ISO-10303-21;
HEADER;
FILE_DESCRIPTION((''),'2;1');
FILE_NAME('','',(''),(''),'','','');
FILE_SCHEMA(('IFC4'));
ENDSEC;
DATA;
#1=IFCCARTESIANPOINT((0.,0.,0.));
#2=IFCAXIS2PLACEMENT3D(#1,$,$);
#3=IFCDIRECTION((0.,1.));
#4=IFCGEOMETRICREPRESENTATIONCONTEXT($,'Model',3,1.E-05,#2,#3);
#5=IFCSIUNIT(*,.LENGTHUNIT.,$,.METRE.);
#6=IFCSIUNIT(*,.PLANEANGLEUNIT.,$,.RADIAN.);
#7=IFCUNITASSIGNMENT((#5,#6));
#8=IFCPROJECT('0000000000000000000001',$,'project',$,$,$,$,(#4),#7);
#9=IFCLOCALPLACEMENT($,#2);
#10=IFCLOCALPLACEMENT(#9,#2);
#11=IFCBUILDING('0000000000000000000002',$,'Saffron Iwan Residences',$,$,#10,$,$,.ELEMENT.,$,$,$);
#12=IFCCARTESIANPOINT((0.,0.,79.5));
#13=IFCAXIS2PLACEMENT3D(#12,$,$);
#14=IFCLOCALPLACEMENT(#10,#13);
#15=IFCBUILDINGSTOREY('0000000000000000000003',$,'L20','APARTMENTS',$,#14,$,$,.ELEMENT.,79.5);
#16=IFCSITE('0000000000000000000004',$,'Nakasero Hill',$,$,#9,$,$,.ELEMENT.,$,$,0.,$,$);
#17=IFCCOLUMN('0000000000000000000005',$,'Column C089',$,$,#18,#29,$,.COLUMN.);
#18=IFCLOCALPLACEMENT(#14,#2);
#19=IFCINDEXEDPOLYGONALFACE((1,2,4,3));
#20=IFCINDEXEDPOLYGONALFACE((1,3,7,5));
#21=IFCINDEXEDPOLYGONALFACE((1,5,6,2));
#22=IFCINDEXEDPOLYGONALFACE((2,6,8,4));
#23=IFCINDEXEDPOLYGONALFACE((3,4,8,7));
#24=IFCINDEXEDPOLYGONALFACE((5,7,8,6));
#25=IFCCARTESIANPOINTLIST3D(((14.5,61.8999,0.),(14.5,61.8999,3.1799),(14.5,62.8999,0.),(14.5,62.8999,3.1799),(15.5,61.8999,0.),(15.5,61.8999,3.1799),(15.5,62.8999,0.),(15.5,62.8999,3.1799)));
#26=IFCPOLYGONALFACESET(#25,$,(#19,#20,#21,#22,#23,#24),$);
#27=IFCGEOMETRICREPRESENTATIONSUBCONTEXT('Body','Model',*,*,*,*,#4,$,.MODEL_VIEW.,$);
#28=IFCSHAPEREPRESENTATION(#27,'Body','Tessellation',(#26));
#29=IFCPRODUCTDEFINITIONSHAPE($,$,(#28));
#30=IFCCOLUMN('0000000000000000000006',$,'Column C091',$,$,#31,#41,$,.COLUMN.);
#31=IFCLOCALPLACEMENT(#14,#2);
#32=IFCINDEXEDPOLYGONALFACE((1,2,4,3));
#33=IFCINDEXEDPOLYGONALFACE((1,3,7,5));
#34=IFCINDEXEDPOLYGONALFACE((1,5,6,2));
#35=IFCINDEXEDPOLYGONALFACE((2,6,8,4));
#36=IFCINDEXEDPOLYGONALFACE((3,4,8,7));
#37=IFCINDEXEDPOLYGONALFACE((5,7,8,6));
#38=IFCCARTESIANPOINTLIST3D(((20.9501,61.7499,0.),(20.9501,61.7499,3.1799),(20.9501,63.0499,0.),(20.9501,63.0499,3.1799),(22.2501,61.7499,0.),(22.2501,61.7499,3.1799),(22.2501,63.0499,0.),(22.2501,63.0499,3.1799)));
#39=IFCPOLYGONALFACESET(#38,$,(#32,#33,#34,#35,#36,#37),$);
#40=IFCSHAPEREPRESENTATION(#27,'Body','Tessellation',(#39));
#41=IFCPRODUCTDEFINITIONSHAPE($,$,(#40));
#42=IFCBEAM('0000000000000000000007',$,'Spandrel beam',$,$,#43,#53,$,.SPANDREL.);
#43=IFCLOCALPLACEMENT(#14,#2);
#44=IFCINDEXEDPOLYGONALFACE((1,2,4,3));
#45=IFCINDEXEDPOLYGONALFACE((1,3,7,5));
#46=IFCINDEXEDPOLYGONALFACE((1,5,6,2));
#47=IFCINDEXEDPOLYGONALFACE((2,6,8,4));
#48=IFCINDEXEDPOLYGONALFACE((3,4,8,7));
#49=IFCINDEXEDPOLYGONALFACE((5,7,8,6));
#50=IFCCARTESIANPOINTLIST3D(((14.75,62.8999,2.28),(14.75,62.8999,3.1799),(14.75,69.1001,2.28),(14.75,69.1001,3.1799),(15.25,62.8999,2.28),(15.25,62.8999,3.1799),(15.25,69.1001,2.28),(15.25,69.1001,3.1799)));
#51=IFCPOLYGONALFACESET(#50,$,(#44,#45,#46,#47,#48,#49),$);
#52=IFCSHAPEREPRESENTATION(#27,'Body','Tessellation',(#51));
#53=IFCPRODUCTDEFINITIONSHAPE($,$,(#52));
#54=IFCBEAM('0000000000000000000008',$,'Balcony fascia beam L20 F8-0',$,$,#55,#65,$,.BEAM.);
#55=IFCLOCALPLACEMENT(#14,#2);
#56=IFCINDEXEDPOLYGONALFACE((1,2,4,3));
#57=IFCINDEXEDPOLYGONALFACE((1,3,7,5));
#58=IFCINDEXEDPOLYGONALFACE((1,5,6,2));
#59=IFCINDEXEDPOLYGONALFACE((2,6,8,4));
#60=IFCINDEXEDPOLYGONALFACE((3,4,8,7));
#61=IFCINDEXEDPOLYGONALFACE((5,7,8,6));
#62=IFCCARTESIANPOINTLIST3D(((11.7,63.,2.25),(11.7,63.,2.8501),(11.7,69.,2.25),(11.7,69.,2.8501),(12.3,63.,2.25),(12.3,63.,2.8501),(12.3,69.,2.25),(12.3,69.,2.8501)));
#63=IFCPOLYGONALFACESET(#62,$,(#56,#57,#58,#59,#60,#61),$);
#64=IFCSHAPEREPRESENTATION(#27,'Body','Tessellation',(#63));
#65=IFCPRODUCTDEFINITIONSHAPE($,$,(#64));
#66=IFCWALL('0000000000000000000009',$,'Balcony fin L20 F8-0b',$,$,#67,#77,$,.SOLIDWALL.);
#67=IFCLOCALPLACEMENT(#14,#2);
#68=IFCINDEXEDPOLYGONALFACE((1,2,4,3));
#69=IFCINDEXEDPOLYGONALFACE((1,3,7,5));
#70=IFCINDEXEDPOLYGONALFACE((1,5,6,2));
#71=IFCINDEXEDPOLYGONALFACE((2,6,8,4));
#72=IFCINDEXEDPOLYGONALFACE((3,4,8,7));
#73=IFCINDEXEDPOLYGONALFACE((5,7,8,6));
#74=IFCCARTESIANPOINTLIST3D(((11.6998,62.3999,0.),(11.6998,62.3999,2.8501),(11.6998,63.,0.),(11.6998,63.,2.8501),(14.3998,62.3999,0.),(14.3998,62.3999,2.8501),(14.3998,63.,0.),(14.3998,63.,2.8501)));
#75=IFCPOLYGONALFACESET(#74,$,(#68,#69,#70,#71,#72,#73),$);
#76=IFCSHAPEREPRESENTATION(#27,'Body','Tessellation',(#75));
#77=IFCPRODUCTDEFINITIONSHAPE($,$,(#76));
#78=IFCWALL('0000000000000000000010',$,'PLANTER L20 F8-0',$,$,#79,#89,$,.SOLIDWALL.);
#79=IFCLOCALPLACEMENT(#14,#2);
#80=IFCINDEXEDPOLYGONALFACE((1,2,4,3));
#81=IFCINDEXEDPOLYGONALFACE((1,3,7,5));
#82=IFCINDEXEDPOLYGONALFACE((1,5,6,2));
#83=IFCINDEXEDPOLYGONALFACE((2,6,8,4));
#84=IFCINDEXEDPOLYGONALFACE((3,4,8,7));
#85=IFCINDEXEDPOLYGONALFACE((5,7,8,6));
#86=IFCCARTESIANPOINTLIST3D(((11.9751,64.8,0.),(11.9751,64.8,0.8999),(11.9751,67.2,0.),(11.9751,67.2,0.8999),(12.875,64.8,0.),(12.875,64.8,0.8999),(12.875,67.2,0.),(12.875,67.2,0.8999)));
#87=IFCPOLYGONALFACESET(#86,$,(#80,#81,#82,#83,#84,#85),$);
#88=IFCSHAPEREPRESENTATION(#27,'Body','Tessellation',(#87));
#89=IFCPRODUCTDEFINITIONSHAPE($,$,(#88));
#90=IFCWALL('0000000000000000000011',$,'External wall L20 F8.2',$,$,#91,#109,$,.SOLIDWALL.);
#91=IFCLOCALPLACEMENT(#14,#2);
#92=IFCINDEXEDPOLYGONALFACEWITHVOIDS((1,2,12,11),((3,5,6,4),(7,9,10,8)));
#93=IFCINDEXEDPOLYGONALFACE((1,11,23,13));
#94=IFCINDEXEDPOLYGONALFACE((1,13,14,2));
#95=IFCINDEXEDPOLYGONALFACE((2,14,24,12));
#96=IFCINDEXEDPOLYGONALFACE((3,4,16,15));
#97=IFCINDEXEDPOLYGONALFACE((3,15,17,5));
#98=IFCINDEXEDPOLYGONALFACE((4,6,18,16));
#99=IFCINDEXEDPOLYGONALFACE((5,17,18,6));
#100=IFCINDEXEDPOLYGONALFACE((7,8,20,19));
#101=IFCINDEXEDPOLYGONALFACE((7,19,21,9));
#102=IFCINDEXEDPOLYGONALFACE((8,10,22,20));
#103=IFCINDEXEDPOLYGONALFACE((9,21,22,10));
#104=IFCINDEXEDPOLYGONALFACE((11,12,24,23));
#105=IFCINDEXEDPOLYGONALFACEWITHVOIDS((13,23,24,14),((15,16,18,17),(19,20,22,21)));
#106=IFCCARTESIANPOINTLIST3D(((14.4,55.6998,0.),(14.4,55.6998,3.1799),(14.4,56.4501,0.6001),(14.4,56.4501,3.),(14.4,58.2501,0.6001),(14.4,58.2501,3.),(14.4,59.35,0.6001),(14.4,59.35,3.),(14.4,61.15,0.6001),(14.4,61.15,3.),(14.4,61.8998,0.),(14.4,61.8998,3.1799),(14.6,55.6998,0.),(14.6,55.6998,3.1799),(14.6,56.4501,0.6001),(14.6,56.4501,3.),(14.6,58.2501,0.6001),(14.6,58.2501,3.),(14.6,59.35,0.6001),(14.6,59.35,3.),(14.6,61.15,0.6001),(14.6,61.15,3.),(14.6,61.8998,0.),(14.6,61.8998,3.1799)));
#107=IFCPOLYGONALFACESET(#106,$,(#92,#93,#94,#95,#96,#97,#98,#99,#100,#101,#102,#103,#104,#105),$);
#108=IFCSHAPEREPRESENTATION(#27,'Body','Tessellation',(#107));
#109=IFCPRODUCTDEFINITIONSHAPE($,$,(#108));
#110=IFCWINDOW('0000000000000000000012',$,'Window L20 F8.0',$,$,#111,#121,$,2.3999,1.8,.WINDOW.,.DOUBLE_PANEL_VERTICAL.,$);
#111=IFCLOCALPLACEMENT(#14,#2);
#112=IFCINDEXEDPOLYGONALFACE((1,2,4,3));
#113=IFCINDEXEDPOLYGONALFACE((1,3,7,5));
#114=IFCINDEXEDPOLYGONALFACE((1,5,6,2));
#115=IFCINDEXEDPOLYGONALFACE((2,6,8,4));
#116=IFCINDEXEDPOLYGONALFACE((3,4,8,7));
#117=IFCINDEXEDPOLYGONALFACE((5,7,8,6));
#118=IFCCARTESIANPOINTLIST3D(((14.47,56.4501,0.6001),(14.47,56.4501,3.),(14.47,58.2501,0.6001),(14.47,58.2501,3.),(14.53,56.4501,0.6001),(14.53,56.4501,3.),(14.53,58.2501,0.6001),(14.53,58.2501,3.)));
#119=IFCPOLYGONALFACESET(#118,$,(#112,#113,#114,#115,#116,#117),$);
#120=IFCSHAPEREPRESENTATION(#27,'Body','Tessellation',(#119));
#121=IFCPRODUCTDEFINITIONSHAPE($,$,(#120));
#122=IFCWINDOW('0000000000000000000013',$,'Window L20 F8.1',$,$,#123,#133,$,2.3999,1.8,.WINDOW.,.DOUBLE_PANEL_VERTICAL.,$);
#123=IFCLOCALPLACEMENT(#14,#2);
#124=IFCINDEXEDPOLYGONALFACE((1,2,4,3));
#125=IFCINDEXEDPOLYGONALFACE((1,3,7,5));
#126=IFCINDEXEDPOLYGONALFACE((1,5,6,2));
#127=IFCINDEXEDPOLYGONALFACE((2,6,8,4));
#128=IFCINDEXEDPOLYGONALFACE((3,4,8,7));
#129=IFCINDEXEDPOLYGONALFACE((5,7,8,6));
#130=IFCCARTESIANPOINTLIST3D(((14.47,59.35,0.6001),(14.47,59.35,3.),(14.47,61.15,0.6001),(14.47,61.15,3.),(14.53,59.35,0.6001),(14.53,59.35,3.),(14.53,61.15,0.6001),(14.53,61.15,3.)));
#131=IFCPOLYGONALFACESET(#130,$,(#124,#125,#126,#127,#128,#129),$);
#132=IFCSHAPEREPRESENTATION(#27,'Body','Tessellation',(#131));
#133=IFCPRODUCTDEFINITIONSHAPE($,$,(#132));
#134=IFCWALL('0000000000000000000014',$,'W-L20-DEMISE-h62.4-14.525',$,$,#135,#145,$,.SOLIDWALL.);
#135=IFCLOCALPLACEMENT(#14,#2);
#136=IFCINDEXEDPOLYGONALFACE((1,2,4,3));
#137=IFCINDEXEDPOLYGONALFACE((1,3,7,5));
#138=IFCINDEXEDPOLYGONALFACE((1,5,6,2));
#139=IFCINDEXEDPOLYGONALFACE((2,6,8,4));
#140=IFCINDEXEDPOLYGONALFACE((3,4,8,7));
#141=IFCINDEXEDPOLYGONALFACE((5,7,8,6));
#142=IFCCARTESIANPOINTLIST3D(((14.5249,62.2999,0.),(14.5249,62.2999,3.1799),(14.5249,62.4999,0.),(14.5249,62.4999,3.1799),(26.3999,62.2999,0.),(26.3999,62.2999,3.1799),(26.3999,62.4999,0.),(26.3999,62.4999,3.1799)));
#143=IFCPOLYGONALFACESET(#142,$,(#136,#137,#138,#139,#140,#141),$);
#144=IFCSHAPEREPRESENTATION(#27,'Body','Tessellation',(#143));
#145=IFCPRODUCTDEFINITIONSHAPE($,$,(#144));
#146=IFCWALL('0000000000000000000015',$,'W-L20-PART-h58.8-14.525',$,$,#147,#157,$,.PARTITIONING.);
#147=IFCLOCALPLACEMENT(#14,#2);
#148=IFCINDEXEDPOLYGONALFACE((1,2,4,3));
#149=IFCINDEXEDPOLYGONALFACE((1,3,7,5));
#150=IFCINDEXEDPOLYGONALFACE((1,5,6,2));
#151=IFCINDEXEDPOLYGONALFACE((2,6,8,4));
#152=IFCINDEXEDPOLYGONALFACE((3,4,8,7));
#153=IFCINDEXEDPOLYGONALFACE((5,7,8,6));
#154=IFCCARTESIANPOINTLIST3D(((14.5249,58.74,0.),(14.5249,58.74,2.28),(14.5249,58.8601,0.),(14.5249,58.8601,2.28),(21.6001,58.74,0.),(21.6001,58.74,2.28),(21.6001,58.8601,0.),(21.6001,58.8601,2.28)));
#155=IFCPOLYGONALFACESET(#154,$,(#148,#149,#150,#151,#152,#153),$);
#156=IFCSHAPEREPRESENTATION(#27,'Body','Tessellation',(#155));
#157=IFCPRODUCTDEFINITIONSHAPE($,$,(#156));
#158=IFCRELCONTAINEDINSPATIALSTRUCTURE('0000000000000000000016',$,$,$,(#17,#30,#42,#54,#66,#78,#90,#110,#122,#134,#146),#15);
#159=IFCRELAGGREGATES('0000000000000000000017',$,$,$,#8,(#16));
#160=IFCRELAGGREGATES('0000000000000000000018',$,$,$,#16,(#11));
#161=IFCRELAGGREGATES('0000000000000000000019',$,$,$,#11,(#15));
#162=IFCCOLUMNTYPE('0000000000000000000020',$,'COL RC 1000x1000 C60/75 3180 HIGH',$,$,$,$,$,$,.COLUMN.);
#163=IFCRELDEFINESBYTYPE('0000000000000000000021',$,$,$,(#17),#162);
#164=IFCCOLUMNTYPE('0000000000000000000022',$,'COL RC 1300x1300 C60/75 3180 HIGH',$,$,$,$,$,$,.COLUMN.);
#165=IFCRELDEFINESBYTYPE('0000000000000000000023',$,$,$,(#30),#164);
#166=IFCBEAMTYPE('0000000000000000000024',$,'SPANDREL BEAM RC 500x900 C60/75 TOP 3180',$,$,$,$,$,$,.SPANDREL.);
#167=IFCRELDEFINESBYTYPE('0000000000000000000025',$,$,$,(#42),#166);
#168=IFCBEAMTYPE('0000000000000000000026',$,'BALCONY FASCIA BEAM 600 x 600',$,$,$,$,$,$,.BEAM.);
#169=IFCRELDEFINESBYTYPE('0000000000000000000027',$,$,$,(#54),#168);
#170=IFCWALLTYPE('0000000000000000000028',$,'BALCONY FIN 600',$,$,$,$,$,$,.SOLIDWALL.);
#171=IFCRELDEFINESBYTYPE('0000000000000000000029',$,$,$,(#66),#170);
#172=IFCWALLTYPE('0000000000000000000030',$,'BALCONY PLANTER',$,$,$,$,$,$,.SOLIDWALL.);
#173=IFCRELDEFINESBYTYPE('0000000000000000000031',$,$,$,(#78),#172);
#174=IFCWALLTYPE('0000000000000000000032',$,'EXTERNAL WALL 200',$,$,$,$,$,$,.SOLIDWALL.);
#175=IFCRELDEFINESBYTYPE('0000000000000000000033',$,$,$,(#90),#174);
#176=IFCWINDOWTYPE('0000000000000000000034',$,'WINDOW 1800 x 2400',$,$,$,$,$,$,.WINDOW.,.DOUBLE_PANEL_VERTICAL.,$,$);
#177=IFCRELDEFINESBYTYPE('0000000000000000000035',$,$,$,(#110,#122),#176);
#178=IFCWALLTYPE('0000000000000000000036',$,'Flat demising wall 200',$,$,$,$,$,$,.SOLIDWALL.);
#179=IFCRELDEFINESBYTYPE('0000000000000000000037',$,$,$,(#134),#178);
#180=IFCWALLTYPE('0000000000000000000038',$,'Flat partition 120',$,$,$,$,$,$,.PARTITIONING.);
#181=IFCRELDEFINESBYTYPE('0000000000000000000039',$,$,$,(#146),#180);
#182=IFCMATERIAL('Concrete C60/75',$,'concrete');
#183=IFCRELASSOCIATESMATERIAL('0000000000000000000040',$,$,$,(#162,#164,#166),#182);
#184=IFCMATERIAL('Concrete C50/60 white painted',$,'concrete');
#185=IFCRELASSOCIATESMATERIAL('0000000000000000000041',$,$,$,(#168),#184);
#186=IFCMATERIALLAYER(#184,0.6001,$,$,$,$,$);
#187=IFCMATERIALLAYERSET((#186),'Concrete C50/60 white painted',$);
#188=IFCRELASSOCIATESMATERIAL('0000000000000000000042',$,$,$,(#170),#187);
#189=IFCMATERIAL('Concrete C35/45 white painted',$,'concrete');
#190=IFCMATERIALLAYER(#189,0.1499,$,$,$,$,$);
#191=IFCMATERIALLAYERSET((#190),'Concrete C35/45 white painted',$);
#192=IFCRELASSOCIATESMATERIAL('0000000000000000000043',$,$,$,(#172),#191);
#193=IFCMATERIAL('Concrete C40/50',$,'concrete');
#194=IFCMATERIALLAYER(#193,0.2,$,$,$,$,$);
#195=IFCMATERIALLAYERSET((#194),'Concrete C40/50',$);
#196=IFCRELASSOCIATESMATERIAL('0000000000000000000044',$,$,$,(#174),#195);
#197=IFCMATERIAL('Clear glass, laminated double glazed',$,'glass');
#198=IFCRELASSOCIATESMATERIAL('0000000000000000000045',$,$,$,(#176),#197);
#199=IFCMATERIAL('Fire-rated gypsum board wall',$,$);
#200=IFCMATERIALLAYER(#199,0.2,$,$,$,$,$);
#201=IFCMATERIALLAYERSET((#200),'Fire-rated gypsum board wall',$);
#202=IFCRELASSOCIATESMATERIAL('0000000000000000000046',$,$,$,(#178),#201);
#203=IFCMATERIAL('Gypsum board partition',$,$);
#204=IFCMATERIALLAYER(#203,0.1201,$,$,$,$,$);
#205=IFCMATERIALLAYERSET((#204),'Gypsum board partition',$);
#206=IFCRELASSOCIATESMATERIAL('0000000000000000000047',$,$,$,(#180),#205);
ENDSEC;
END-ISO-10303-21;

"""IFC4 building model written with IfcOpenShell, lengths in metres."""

from ifc_helpers import new_model, si_unit, direction, frame, frame_2d, origin, origin_2d, place, context, subcontext, project, spatial, rectangle, extrude, source, transform, mapped, material, layer, layer_set, material_profile, profile_set, type_object, element, fill, save


model = new_model("IFC4")

# Units and contexts
model_context = context("Model", 3, precision=1e-05, world=origin(), true_north=direction((0.0, 1.0)))
body_context = subcontext(model_context, "Body", "Model", "MODEL_VIEW")
ifc_project = project(units=[si_unit("LENGTHUNIT", "METRE"), si_unit("PLANEANGLEUNIT", "RADIAN")], contexts=[model_context])

# Site, building, storey
site_placement = place(None, origin())
site = spatial("IfcSite", under=ifc_project, at=site_placement, Name="Nakasero Hill", CompositionType="ELEMENT", RefElevation=0.0)
building_placement = place(site_placement, origin())
building = spatial("IfcBuilding", under=site, at=building_placement, Name="Saffron Iwan Residences", CompositionType="ELEMENT")
storey_placement = place(building_placement, frame((0.0, 0.0, 79.5)))
storey = spatial("IfcBuildingStorey", under=building, at=storey_placement, Name="L20", Description="APARTMENTS", CompositionType="ELEMENT", Elevation=79.5)

# Columns
ifc_material_1 = material(Name="Concrete C60/75", Category="concrete")
ifc_material_profile_1 = material_profile(ifc_material_1, rectangle(XDim=1.0, YDim=1.0, at=origin_2d()), Name="RC 1000x1000")
ifc_profile_set_1 = profile_set([ifc_material_profile_1], Name="Concrete C60/75")
column_type_1 = type_object("IfcColumnType", Name="COL RC 1000x1000 C60/75 3180 HIGH", PredefinedType="COLUMN", material=ifc_profile_set_1)
shared_shape_1 = source(origin(), body_context, "Body", "SweptSolid", [
    extrude(rectangle(XDim=1.0, YDim=1.0, at=origin_2d()), origin(), (0.0, 0.0, 1.0), 3.1799),
])
column_1_placement = place(storey_placement, frame((15.0, 62.3999, 0.0), z_axis=(0.0, 0.0, 1.0), x_axis=(1.0, 0.0, 0.0)))
element("IfcColumn", 1, at=column_1_placement, inside=storey, type_object=column_type_1, Name="Column C089", PredefinedType="COLUMN", context=body_context, shape_type="MappedRepresentation", body=[
    mapped(shared_shape_1, transform((0.0, 0.0, 0.0))),
])
ifc_material_profile_2 = material_profile(ifc_material_1, rectangle(XDim=1.3, YDim=1.3, at=origin_2d()), Name="RC 1300x1300")
ifc_profile_set_2 = profile_set([ifc_material_profile_2], Name="Concrete C60/75")
column_type_2 = type_object("IfcColumnType", Name="COL RC 1300x1300 C60/75 3180 HIGH", PredefinedType="COLUMN", material=ifc_profile_set_2)
shared_shape_2 = source(origin(), body_context, "Body", "SweptSolid", [
    extrude(rectangle(XDim=1.3, YDim=1.3, at=origin_2d()), origin(), (0.0, 0.0, 1.0), 3.1799),
])
column_2_placement = place(storey_placement, frame((21.6001, 62.3999, 0.0), z_axis=(0.0, 0.0, 1.0), x_axis=(1.0, 0.0, 0.0)))
element("IfcColumn", 2, at=column_2_placement, inside=storey, type_object=column_type_2, Name="Column C091", PredefinedType="COLUMN", context=body_context, shape_type="MappedRepresentation", body=[
    mapped(shared_shape_2, transform((0.0, 0.0, 0.0))),
])

# Beams
ifc_material_profile_3 = material_profile(ifc_material_1, rectangle(XDim=0.5, YDim=0.8999, at=origin_2d()), Name="RC 500x900")
ifc_profile_set_3 = profile_set([ifc_material_profile_3], Name="Concrete C60/75")
beam_type_1 = type_object("IfcBeamType", Name="SPANDREL BEAM RC 500x900 C60/75 TOP 3180", PredefinedType="SPANDREL", material=ifc_profile_set_3)
shared_shape_3 = source(origin(), body_context, "Body", "SweptSolid", [
    extrude(rectangle(XDim=0.5, YDim=0.8999, at=origin_2d()), origin(), (0.0, 0.0, 1.0), 6.2002),
])
beam_1_placement = place(storey_placement, frame((15.0, 62.8999, 2.73), z_axis=(0.0, 1.0, 0.0), x_axis=(-1.0, 0.0, 0.0)))
element("IfcBeam", 3, at=beam_1_placement, inside=storey, type_object=beam_type_1, Name="Spandrel beam", PredefinedType="SPANDREL", context=body_context, shape_type="MappedRepresentation", body=[
    mapped(shared_shape_3, transform((0.0, 0.0, 0.0))),
])
ifc_material_2 = material(Name="Concrete C50/60 white painted", Category="concrete")
ifc_material_profile_4 = material_profile(ifc_material_2, rectangle(XDim=0.6001, YDim=0.6001, at=origin_2d()), Name="BALCONY FASCIA BEAM 600 x 600")
ifc_profile_set_4 = profile_set([ifc_material_profile_4], Name="Concrete C50/60 white painted")
beam_type_2 = type_object("IfcBeamType", Name="BALCONY FASCIA BEAM 600 x 600", PredefinedType="BEAM", material=ifc_profile_set_4)
shared_shape_4 = source(origin(), body_context, "Body", "SweptSolid", [
    extrude(rectangle(XDim=0.6001, YDim=0.6001, at=origin_2d()), origin(), (0.0, 0.0, 1.0), 6.0),
])
beam_2_placement = place(storey_placement, frame((12.0, 69.0, 2.55), z_axis=(0.0, -1.0, 0.0), x_axis=(1.0, 0.0, 0.0)))
element("IfcBeam", 4, at=beam_2_placement, inside=storey, type_object=beam_type_2, Name="Balcony fascia beam L20 F8-0", PredefinedType="BEAM", context=body_context, shape_type="MappedRepresentation", body=[
    mapped(shared_shape_4, transform((0.0, 0.0, 0.0))),
])

# Walls
ifc_layer_1 = layer(ifc_material_2, 0.6001)
ifc_layer_set_1 = layer_set([ifc_layer_1], Name="Concrete C50/60 white painted")
wall_type_1 = type_object("IfcWallType", Name="BALCONY FIN 600", PredefinedType="SOLIDWALL", material=ifc_layer_set_1)
wall_1_placement = place(storey_placement, frame((14.3999, 62.7, 0.0), z_axis=(0.0, 0.0, 1.0), x_axis=(-1.0, 0.0, 0.0)))
element("IfcWall", 5, at=wall_1_placement, inside=storey, type_object=wall_type_1, Name="Balcony fin L20 F8-0b", PredefinedType="SOLIDWALL", context=body_context, shape_type="SweptSolid", body=[
    extrude(rectangle(XDim=2.7, YDim=0.6001, at=frame_2d((1.3501, 0.0))), origin(), (0.0, 0.0, 1.0), 2.8501),
])
ifc_material_3 = material(Name="Concrete C35/45 white painted", Category="concrete")
ifc_layer_2 = layer(ifc_material_3, 0.1499)
ifc_layer_set_2 = layer_set([ifc_layer_2], Name="Concrete C35/45 white painted")
wall_type_2 = type_object("IfcWallType", Name="BALCONY PLANTER", PredefinedType="SOLIDWALL", material=ifc_layer_set_2)
wall_2_placement = place(storey_placement, frame((12.425, 67.2, 0.0), z_axis=(0.0, 0.0, 1.0), x_axis=(0.0, -1.0, 0.0)))
element("IfcWall", 6, at=wall_2_placement, inside=storey, type_object=wall_type_2, Name="PLANTER L20 F8-0", PredefinedType="SOLIDWALL", context=body_context, shape_type="SweptSolid", body=[
    extrude(rectangle(XDim=2.3999, YDim=0.8999, at=frame_2d((1.2, 0.0))), origin(), (0.0, 0.0, 1.0), 0.8999),
])

# Shared definitions
ifc_material_4 = material(Name="Concrete C40/50", Category="concrete")
ifc_layer_3 = layer(ifc_material_4, 0.2)
ifc_layer_set_3 = layer_set([ifc_layer_3], Name="Concrete C40/50")
wall_type_3 = type_object("IfcWallType", Name="EXTERNAL WALL 200", PredefinedType="SOLIDWALL", material=ifc_layer_set_3)
ifc_material_5 = material(Name="Clear glass, laminated double glazed", Category="glass")
window_type = type_object("IfcWindowType", Name="WINDOW 1800 x 2400", PartitioningType="DOUBLE_PANEL_VERTICAL", PredefinedType="WINDOW", material=ifc_material_5)

# Wall, openings, windows
wall_3_placement = place(storey_placement, frame((14.5, 61.8999, 0.0), z_axis=(0.0, 0.0, 1.0), x_axis=(0.0, -1.0, 0.0)))
wall_3 = element("IfcWall", 7, at=wall_3_placement, inside=storey, type_object=wall_type_3, Name="External wall L20 F8.2", PredefinedType="SOLIDWALL", context=body_context, shape_type="SweptSolid", body=[
    extrude(rectangle(XDim=6.2, YDim=0.2, at=frame_2d((3.1001, 0.0))), origin(), (0.0, 0.0, 1.0), 3.1799),
])
opening_1_placement = place(wall_3_placement, frame((3.6499, 0.0, 0.6001)))
opening_1 = element("IfcOpeningElement", 8, at=opening_1_placement, cuts=wall_3, PredefinedType="OPENING", context=body_context, shape_type="SweptSolid", body=[
    extrude(rectangle(XDim=1.8, YDim=2.3999, at=frame_2d((0.8999, 1.2))), frame((0.0, 0.1099, 0.0), z_axis=(0.0, -1.0, 0.0), x_axis=(1.0, 0.0, 0.0)), (0.0, 0.0, 1.0), 0.22),
])
opening_2_placement = place(wall_3_placement, frame((0.75, 0.0, 0.6001)))
opening_2 = element("IfcOpeningElement", 9, at=opening_2_placement, cuts=wall_3, PredefinedType="OPENING", context=body_context, shape_type="SweptSolid", body=[
    extrude(rectangle(XDim=1.8, YDim=2.3999, at=frame_2d((0.8999, 1.2))), frame((0.0, 0.1099, 0.0), z_axis=(0.0, -1.0, 0.0), x_axis=(1.0, 0.0, 0.0)), (0.0, 0.0, 1.0), 0.22),
])
window_1_placement = place(opening_1_placement, origin())
window_1 = element("IfcWindow", 10, at=window_1_placement, inside=storey, type_object=window_type, Name="Window L20 F8.0", OverallHeight=2.3999, OverallWidth=1.8, PartitioningType="DOUBLE_PANEL_VERTICAL", PredefinedType="WINDOW", context=body_context, shape_type="SweptSolid", body=[
    extrude(rectangle(XDim=1.8, YDim=2.3999, at=frame_2d((0.8999, 1.2))), frame((0.0, 0.03, 0.0), z_axis=(0.0, -1.0, 0.0), x_axis=(1.0, 0.0, 0.0)), (0.0, 0.0, 1.0), 0.0601),
])
fill(opening_1, window_1)
window_2_placement = place(opening_2_placement, origin())
window_2 = element("IfcWindow", 11, at=window_2_placement, inside=storey, type_object=window_type, Name="Window L20 F8.1", OverallHeight=2.3999, OverallWidth=1.8, PartitioningType="DOUBLE_PANEL_VERTICAL", PredefinedType="WINDOW", context=body_context, shape_type="SweptSolid", body=[
    extrude(rectangle(XDim=1.8, YDim=2.3999, at=frame_2d((0.8999, 1.2))), frame((0.0, 0.03, 0.0), z_axis=(0.0, -1.0, 0.0), x_axis=(1.0, 0.0, 0.0)), (0.0, 0.0, 1.0), 0.0601),
])
fill(opening_2, window_2)

# Walls
ifc_material_6 = material(Name="Fire-rated gypsum board wall")
ifc_layer_4 = layer(ifc_material_6, 0.2)
ifc_layer_set_4 = layer_set([ifc_layer_4], Name="Fire-rated gypsum board wall")
wall_type_4 = type_object("IfcWallType", Name="Flat demising wall 200", PredefinedType="SOLIDWALL", material=ifc_layer_set_4)
wall_4_placement = place(storey_placement, frame((14.5249, 62.3999, 0.0), z_axis=(0.0, 0.0, 1.0), x_axis=(1.0, 0.0, 0.0)))
element("IfcWall", 12, at=wall_4_placement, inside=storey, type_object=wall_type_4, Name="W-L20-DEMISE-h62.4-14.525", PredefinedType="SOLIDWALL", context=body_context, shape_type="SweptSolid", body=[
    extrude(rectangle(XDim=11.875, YDim=0.2, at=frame_2d((5.9375, 0.0))), origin(), (0.0, 0.0, 1.0), 3.1799),
])
ifc_material_7 = material(Name="Gypsum board partition")
ifc_layer_5 = layer(ifc_material_7, 0.1201)
ifc_layer_set_5 = layer_set([ifc_layer_5], Name="Gypsum board partition")
wall_type_5 = type_object("IfcWallType", Name="Flat partition 120", PredefinedType="PARTITIONING", material=ifc_layer_set_5)
for number, where, z_axis, x_axis, name in (
    (13, (14.5249, 58.8, 0.0), (0.0, 0.0, 1.0), (1.0, 0.0, 0.0), "W-L20-PART-h58.8-14.525"),
):
    element("IfcWall", number, at=place(storey_placement, frame(where, z_axis=z_axis, x_axis=x_axis)), inside=storey, type_object=wall_type_5, Name=name, PredefinedType="PARTITIONING", context=body_context, shape_type="SweptSolid", body=[
        extrude(rectangle(XDim=7.0752, YDim=0.1201, at=frame_2d((3.5376, 0.0))), origin(), (0.0, 0.0, 1.0), 2.28),
    ])

save(model, "model.ifc")
